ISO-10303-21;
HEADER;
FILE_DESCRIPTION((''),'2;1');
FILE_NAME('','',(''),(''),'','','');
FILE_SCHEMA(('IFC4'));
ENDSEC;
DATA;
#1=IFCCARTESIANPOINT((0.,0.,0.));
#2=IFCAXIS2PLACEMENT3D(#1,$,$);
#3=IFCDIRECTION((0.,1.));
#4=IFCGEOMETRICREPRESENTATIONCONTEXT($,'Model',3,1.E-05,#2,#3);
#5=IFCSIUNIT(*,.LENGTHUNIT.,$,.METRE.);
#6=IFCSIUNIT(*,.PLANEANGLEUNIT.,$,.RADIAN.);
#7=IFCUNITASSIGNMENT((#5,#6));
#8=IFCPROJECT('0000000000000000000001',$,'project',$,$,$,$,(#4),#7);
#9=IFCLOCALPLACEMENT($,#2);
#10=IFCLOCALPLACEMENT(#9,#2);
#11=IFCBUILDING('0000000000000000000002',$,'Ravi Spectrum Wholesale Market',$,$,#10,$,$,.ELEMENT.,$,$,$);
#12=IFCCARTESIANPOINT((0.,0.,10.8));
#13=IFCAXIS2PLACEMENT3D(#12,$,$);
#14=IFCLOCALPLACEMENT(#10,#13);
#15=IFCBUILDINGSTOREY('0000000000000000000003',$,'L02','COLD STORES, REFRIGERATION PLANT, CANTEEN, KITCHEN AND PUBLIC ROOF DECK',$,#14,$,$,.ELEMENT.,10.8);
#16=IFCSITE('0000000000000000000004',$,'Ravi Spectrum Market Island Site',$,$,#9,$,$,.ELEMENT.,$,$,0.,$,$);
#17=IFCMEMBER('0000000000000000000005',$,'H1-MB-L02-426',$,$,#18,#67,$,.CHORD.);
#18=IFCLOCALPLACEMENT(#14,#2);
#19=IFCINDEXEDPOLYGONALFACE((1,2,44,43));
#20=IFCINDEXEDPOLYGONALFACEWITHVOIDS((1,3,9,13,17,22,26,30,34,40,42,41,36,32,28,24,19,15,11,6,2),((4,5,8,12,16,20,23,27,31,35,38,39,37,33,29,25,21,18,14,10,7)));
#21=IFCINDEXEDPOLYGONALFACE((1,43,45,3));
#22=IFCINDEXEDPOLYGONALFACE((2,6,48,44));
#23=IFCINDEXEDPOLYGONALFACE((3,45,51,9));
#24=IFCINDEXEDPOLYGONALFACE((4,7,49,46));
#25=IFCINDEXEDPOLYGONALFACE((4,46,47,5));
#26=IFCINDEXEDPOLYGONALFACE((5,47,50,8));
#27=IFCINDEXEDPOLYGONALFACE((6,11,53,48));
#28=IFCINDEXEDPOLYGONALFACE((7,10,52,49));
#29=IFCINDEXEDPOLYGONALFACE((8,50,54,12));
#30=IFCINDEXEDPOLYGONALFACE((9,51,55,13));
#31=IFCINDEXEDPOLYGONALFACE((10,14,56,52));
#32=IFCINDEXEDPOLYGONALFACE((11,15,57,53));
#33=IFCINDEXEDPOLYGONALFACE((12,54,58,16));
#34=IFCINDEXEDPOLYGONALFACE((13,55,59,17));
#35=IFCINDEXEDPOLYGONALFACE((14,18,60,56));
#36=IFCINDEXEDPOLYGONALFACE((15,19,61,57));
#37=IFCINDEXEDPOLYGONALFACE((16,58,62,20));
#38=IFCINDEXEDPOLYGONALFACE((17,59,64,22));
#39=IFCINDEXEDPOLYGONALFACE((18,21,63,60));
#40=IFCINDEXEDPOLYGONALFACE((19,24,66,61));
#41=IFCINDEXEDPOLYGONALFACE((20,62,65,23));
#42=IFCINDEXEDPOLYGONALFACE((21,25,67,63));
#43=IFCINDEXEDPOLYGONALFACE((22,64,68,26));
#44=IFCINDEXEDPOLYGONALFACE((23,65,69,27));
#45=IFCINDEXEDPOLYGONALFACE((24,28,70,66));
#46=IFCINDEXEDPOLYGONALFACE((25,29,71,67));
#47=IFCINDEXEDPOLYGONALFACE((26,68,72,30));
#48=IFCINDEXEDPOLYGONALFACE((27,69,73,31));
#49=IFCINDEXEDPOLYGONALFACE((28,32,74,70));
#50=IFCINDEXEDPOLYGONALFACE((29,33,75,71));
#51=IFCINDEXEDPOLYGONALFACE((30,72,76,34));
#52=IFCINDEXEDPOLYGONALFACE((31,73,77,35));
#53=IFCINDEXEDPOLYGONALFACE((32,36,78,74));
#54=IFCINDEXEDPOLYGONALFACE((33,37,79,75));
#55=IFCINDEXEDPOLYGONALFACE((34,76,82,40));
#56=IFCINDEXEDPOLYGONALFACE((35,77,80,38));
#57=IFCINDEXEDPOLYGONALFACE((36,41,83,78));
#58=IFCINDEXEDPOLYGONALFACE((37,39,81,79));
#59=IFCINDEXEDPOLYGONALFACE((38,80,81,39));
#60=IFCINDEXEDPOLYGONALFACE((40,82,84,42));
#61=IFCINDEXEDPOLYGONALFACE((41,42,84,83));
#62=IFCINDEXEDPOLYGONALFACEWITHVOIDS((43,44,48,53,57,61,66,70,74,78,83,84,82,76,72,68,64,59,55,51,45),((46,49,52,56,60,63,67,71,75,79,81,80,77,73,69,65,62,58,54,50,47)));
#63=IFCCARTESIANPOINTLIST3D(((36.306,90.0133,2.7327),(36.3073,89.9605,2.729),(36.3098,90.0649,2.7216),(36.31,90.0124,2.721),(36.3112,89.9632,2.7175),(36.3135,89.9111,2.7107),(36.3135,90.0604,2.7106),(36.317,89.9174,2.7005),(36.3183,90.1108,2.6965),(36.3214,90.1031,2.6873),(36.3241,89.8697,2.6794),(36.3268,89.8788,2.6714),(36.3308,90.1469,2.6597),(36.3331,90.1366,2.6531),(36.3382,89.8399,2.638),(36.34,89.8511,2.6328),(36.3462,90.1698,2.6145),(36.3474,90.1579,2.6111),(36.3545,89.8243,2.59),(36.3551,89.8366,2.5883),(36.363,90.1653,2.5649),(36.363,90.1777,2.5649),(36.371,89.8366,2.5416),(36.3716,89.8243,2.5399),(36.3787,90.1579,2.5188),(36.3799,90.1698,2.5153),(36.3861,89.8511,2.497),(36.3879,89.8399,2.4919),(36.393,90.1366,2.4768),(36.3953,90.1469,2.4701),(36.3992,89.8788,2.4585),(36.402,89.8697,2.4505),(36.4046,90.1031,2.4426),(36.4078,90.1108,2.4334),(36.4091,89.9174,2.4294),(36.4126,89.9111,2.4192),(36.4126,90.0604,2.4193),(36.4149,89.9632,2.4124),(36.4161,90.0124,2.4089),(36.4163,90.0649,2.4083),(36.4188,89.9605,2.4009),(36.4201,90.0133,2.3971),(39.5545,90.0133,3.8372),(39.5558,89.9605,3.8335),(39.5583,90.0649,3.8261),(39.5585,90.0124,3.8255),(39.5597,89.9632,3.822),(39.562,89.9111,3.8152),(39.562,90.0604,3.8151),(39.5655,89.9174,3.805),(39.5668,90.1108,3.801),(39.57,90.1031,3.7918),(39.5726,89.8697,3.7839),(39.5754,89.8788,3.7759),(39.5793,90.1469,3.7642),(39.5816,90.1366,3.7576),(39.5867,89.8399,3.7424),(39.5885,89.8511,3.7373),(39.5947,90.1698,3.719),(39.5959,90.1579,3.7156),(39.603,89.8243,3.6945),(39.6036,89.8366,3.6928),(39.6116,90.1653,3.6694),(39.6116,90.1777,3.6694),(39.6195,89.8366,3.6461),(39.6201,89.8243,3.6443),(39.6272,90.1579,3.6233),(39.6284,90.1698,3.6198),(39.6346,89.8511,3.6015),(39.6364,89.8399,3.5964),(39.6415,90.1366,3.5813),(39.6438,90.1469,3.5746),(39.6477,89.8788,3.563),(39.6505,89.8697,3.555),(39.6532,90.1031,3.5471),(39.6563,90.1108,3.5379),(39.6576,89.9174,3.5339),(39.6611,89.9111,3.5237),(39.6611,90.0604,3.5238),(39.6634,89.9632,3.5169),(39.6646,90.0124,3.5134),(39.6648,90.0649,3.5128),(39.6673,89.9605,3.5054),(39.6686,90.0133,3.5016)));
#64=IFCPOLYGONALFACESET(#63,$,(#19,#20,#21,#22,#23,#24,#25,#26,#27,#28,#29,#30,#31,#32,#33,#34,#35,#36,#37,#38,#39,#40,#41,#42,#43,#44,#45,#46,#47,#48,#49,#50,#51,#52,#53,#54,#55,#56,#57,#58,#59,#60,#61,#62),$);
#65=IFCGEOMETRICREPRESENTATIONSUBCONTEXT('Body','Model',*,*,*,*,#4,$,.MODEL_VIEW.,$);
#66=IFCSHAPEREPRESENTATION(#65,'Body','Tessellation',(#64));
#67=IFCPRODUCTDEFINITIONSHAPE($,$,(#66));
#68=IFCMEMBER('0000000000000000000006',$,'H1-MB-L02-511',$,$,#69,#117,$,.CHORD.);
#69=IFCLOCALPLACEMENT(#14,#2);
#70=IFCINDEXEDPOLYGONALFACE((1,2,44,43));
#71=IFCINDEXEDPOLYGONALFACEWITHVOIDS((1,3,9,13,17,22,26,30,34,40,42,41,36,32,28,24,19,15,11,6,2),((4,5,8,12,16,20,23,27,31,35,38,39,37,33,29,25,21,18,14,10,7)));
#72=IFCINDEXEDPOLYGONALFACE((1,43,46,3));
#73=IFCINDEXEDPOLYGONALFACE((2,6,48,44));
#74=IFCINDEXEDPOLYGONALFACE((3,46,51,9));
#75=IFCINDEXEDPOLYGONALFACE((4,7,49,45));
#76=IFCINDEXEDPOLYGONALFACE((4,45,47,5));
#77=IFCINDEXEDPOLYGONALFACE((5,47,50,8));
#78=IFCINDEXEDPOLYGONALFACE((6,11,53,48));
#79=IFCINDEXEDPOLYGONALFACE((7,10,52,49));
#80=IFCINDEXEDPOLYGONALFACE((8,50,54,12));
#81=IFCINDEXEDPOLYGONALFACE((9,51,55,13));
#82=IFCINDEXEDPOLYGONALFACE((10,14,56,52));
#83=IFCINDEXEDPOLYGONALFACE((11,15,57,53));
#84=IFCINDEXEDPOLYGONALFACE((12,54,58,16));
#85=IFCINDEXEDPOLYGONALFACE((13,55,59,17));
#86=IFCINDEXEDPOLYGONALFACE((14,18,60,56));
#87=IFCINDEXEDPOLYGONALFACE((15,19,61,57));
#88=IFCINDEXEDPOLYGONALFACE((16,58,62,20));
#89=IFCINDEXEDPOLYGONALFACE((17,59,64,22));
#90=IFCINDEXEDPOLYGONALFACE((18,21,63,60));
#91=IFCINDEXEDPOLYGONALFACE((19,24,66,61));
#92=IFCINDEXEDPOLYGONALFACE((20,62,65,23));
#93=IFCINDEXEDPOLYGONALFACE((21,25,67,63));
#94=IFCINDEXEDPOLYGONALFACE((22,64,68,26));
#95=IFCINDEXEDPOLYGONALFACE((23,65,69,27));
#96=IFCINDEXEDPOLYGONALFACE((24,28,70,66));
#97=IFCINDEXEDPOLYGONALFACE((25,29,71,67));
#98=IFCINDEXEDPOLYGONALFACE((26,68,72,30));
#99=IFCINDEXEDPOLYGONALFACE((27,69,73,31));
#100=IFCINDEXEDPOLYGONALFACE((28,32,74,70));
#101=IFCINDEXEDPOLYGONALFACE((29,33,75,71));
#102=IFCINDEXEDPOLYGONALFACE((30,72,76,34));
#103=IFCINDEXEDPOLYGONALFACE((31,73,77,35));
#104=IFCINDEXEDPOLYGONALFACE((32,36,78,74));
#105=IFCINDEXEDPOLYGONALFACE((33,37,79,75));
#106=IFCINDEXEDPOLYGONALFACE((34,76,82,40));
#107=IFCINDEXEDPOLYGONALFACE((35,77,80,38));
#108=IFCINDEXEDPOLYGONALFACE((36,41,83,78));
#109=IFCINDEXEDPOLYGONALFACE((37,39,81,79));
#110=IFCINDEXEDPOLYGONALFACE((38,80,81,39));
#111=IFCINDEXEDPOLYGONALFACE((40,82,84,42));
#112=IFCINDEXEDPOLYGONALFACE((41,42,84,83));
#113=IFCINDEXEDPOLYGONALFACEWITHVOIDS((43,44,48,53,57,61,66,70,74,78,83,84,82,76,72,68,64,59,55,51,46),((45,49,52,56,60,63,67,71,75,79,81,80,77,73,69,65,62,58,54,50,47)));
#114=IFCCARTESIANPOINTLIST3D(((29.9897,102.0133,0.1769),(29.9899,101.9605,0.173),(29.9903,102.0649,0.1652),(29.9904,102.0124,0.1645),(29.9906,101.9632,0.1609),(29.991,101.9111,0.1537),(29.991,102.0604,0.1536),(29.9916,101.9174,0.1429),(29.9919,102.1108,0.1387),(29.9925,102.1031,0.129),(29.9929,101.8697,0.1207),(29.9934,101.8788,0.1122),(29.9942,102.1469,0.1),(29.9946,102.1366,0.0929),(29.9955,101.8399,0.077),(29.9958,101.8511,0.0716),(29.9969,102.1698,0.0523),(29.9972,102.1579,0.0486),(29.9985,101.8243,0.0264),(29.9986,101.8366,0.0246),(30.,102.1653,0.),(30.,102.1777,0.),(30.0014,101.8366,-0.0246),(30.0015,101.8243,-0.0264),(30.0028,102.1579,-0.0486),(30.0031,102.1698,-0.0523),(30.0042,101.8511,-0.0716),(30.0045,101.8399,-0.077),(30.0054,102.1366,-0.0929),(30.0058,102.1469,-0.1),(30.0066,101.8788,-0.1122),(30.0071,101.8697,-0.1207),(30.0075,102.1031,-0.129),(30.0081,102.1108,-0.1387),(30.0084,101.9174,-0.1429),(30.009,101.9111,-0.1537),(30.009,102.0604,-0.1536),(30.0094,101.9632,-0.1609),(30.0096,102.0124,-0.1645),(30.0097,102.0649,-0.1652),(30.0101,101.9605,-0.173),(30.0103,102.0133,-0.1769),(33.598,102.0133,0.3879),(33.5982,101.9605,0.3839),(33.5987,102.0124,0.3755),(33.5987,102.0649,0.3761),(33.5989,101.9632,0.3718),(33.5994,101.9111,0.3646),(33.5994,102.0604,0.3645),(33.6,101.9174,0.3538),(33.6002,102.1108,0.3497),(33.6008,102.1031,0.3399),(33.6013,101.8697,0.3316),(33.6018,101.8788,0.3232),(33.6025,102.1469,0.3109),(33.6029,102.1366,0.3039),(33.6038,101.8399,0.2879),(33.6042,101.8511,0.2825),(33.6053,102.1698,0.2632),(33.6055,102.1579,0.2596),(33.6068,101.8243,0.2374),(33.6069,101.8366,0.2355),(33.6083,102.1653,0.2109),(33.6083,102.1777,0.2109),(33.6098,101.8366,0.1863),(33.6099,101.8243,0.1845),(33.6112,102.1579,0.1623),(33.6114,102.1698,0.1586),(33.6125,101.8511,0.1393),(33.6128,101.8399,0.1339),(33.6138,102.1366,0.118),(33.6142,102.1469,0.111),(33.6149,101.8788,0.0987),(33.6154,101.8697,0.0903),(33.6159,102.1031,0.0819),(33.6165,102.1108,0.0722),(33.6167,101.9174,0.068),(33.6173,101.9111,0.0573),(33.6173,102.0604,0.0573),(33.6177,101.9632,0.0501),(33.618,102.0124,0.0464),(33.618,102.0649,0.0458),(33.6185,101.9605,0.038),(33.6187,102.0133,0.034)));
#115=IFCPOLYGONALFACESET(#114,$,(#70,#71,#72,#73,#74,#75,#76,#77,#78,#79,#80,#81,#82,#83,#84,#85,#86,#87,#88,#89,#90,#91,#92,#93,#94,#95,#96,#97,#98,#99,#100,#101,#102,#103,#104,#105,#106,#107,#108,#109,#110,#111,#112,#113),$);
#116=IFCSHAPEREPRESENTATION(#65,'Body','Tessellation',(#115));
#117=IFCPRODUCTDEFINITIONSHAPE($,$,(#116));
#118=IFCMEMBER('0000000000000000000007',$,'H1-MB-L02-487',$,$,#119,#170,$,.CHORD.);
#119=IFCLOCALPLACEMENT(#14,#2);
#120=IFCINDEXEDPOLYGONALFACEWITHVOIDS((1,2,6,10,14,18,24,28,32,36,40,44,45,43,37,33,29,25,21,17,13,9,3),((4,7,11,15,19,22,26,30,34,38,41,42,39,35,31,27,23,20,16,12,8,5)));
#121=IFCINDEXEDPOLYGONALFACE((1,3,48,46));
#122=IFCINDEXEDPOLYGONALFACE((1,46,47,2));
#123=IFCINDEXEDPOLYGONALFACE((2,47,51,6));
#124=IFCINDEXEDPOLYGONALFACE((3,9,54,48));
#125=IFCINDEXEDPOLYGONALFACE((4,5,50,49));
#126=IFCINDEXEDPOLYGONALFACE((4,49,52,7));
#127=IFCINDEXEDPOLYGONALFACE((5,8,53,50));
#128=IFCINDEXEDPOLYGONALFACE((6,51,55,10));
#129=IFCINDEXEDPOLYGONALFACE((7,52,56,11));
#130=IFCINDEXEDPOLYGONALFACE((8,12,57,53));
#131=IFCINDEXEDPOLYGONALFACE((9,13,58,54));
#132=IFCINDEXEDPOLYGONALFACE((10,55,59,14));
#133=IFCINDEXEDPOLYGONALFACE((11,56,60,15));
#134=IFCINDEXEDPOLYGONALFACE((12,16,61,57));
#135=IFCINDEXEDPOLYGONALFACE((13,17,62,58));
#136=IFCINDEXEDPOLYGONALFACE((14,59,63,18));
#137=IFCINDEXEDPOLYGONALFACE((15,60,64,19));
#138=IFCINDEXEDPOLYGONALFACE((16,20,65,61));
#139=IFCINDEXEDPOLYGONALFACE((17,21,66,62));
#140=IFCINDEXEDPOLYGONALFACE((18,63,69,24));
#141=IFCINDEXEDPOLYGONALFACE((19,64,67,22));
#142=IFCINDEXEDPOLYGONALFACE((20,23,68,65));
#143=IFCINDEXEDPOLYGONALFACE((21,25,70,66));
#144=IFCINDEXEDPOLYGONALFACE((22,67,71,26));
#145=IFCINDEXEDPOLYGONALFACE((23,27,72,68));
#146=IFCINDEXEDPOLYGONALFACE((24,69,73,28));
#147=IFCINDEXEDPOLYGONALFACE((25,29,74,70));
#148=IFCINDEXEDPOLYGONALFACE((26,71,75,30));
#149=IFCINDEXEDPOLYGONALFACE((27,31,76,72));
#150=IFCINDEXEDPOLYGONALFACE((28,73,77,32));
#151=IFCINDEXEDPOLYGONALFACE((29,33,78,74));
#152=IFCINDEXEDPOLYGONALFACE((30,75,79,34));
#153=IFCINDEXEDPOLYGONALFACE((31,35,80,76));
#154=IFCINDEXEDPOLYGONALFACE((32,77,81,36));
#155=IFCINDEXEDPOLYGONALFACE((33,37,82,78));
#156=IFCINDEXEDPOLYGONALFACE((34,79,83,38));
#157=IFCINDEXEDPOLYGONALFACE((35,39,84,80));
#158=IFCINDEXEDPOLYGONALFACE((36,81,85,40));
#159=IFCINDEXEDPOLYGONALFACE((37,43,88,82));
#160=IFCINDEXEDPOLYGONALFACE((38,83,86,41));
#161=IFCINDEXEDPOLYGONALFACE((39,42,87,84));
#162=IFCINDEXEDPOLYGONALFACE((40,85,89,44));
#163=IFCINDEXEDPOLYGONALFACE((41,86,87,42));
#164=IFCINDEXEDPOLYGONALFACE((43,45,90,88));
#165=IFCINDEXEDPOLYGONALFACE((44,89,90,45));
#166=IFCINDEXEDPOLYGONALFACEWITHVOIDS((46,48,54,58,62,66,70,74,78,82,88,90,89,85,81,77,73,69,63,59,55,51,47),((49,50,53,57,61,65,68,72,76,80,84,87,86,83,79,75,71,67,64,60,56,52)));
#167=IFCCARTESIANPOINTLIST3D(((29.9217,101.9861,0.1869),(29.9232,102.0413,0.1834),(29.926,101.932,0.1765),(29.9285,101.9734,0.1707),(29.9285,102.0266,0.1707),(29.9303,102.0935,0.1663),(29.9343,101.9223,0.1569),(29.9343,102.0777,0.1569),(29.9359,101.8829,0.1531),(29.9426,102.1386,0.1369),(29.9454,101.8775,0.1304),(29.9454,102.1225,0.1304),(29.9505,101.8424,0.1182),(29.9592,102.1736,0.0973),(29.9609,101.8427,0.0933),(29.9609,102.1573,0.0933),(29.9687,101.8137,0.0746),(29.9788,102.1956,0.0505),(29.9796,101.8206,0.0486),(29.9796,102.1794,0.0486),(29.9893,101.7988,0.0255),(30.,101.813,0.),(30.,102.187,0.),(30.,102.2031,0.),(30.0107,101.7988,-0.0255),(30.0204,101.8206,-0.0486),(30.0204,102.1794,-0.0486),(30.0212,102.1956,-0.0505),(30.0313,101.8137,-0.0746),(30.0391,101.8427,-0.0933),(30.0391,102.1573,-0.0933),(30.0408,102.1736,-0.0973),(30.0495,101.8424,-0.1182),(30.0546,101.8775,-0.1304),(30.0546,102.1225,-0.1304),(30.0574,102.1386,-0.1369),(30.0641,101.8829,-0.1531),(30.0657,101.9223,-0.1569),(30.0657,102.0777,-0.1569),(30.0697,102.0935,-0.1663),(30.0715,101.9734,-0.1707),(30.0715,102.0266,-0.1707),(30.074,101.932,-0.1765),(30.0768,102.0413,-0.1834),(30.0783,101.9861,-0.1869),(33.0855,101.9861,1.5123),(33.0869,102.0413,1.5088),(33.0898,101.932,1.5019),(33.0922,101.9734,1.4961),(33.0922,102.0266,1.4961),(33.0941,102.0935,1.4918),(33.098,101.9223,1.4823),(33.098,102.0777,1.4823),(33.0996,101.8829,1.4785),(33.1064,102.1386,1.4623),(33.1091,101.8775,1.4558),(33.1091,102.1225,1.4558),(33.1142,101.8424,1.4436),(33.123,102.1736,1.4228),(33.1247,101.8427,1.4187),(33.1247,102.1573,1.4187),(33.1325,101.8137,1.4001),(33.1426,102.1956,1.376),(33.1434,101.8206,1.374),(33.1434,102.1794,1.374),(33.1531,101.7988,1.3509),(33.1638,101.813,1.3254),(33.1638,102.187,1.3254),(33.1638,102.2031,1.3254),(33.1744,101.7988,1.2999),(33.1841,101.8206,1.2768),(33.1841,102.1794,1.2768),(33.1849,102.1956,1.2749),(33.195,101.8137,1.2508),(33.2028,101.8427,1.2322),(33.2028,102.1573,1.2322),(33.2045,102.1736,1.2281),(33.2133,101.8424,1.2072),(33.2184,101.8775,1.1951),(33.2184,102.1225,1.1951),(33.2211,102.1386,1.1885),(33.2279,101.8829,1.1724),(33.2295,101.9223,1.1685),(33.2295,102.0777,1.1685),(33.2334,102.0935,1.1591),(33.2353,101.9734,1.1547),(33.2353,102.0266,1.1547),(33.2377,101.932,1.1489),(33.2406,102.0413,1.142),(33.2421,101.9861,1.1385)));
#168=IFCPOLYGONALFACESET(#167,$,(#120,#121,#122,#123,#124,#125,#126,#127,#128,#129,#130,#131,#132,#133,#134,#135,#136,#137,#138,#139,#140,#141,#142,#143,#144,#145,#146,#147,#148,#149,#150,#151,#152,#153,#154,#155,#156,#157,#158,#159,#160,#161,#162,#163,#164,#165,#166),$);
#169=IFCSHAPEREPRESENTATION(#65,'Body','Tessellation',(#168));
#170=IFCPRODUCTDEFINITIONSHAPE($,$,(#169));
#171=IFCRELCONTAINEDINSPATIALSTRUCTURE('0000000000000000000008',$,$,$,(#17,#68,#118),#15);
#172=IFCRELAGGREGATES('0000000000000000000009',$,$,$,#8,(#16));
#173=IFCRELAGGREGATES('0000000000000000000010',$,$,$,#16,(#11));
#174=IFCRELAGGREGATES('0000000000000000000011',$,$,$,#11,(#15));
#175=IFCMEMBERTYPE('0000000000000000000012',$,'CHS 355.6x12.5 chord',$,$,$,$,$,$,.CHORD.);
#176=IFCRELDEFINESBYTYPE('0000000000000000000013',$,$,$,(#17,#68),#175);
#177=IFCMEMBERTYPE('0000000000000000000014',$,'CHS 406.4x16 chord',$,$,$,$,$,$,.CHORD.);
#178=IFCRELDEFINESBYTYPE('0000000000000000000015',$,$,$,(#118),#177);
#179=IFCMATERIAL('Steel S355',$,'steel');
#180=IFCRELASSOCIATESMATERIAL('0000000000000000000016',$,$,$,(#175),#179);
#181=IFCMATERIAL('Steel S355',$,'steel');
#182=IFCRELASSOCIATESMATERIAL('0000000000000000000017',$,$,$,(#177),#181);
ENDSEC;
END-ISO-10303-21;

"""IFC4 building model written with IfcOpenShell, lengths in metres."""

from ifc_helpers import new_model, si_unit, direction, frame, origin, origin_2d, place, context, subcontext, project, spatial, hollow_circle, extrude, material, material_profile, profile_set, type_object, element, save


model = new_model("IFC4")

# Units and contexts
model_context = context("Model", 3, precision=1e-05, world=origin(), true_north=direction((0.0, 1.0)))
body_context = subcontext(model_context, "Body", "Model", "MODEL_VIEW")
ifc_project = project(units=[si_unit("LENGTHUNIT", "METRE"), si_unit("PLANEANGLEUNIT", "RADIAN")], contexts=[model_context])

# Site, building, storey
site_placement = place(None, origin())
site = spatial("IfcSite", under=ifc_project, at=site_placement, Name="Ravi Spectrum Market Island Site", CompositionType="ELEMENT", RefElevation=0.0)
building_placement = place(site_placement, origin())
building = spatial("IfcBuilding", under=site, at=building_placement, Name="Ravi Spectrum Wholesale Market", CompositionType="ELEMENT")
storey_placement = place(building_placement, frame((0.0, 0.0, 10.8)))
storey = spatial("IfcBuildingStorey", under=building, at=storey_placement, Name="L02", Description="COLD STORES, REFRIGERATION PLANT, CANTEEN, KITCHEN AND PUBLIC ROOF DECK", CompositionType="ELEMENT", Elevation=10.8)

# Members
ifc_material_1 = material(Name="Steel S355", Category="steel")
ifc_material_profile_1 = material_profile(ifc_material_1, hollow_circle(Radius=0.1777, WallThickness=0.0125, at=origin_2d()))
ifc_profile_set_1 = profile_set([ifc_material_profile_1], Name="Steel S355")
member_type_1 = type_object("IfcMemberType", Name="CHS 355.6x12.5 chord", PredefinedType="CHORD", material=ifc_profile_set_1)
for number, where, z_axis, x_axis, name in (
    (1, (36.363, 90.0, 2.5649), (0.946774, 0.0, 0.3219), (0.0, 1.0, 0.0), "H1-MB-L02-426"),
):
    element("IfcMember", number, at=place(storey_placement, frame(where, z_axis=z_axis, x_axis=x_axis)), inside=storey, type_object=member_type_1, Name=name, PredefinedType="CHORD", context=body_context, shape_type="SweptSolid", body=[
        extrude(hollow_circle(Radius=0.1777, WallThickness=0.0125, at=origin_2d()), origin(), (0.0, 0.0, 1.0), 3.4312),
    ])
member_1_placement = place(storey_placement, frame((30.0, 102.0, 0.0), z_axis=(0.998296, 0.0, 0.058358), x_axis=(0.0, 1.0, 0.0)))
element("IfcMember", 2, at=member_1_placement, inside=storey, type_object=member_type_1, Name="H1-MB-L02-511", PredefinedType="CHORD", context=body_context, shape_type="SweptSolid", body=[
    extrude(hollow_circle(Radius=0.1777, WallThickness=0.0125, at=origin_2d()), origin(), (0.0, 0.0, 1.0), 3.6145),
])
ifc_material_2 = material(Name="Steel S355", Category="steel")
ifc_material_profile_2 = material_profile(ifc_material_2, hollow_circle(Radius=0.2031, WallThickness=0.0161, at=origin_2d()))
ifc_profile_set_2 = profile_set([ifc_material_profile_2], Name="Steel S355")
member_type_2 = type_object("IfcMemberType", Name="CHS 406.4x16 chord", PredefinedType="CHORD", material=ifc_profile_set_2)
member_2_placement = place(storey_placement, frame((30.0, 102.0, 0.0), z_axis=(0.922332, 0.0, 0.386399), x_axis=(0.0, 1.0, 0.0)))
element("IfcMember", 3, at=member_2_placement, inside=storey, type_object=member_type_2, Name="H1-MB-L02-487", PredefinedType="CHORD", context=body_context, shape_type="SweptSolid", body=[
    extrude(hollow_circle(Radius=0.2031, WallThickness=0.0161, at=origin_2d()), origin(), (0.0, 0.0, 1.0), 3.4302),
])

save(model, "model.ifc")
